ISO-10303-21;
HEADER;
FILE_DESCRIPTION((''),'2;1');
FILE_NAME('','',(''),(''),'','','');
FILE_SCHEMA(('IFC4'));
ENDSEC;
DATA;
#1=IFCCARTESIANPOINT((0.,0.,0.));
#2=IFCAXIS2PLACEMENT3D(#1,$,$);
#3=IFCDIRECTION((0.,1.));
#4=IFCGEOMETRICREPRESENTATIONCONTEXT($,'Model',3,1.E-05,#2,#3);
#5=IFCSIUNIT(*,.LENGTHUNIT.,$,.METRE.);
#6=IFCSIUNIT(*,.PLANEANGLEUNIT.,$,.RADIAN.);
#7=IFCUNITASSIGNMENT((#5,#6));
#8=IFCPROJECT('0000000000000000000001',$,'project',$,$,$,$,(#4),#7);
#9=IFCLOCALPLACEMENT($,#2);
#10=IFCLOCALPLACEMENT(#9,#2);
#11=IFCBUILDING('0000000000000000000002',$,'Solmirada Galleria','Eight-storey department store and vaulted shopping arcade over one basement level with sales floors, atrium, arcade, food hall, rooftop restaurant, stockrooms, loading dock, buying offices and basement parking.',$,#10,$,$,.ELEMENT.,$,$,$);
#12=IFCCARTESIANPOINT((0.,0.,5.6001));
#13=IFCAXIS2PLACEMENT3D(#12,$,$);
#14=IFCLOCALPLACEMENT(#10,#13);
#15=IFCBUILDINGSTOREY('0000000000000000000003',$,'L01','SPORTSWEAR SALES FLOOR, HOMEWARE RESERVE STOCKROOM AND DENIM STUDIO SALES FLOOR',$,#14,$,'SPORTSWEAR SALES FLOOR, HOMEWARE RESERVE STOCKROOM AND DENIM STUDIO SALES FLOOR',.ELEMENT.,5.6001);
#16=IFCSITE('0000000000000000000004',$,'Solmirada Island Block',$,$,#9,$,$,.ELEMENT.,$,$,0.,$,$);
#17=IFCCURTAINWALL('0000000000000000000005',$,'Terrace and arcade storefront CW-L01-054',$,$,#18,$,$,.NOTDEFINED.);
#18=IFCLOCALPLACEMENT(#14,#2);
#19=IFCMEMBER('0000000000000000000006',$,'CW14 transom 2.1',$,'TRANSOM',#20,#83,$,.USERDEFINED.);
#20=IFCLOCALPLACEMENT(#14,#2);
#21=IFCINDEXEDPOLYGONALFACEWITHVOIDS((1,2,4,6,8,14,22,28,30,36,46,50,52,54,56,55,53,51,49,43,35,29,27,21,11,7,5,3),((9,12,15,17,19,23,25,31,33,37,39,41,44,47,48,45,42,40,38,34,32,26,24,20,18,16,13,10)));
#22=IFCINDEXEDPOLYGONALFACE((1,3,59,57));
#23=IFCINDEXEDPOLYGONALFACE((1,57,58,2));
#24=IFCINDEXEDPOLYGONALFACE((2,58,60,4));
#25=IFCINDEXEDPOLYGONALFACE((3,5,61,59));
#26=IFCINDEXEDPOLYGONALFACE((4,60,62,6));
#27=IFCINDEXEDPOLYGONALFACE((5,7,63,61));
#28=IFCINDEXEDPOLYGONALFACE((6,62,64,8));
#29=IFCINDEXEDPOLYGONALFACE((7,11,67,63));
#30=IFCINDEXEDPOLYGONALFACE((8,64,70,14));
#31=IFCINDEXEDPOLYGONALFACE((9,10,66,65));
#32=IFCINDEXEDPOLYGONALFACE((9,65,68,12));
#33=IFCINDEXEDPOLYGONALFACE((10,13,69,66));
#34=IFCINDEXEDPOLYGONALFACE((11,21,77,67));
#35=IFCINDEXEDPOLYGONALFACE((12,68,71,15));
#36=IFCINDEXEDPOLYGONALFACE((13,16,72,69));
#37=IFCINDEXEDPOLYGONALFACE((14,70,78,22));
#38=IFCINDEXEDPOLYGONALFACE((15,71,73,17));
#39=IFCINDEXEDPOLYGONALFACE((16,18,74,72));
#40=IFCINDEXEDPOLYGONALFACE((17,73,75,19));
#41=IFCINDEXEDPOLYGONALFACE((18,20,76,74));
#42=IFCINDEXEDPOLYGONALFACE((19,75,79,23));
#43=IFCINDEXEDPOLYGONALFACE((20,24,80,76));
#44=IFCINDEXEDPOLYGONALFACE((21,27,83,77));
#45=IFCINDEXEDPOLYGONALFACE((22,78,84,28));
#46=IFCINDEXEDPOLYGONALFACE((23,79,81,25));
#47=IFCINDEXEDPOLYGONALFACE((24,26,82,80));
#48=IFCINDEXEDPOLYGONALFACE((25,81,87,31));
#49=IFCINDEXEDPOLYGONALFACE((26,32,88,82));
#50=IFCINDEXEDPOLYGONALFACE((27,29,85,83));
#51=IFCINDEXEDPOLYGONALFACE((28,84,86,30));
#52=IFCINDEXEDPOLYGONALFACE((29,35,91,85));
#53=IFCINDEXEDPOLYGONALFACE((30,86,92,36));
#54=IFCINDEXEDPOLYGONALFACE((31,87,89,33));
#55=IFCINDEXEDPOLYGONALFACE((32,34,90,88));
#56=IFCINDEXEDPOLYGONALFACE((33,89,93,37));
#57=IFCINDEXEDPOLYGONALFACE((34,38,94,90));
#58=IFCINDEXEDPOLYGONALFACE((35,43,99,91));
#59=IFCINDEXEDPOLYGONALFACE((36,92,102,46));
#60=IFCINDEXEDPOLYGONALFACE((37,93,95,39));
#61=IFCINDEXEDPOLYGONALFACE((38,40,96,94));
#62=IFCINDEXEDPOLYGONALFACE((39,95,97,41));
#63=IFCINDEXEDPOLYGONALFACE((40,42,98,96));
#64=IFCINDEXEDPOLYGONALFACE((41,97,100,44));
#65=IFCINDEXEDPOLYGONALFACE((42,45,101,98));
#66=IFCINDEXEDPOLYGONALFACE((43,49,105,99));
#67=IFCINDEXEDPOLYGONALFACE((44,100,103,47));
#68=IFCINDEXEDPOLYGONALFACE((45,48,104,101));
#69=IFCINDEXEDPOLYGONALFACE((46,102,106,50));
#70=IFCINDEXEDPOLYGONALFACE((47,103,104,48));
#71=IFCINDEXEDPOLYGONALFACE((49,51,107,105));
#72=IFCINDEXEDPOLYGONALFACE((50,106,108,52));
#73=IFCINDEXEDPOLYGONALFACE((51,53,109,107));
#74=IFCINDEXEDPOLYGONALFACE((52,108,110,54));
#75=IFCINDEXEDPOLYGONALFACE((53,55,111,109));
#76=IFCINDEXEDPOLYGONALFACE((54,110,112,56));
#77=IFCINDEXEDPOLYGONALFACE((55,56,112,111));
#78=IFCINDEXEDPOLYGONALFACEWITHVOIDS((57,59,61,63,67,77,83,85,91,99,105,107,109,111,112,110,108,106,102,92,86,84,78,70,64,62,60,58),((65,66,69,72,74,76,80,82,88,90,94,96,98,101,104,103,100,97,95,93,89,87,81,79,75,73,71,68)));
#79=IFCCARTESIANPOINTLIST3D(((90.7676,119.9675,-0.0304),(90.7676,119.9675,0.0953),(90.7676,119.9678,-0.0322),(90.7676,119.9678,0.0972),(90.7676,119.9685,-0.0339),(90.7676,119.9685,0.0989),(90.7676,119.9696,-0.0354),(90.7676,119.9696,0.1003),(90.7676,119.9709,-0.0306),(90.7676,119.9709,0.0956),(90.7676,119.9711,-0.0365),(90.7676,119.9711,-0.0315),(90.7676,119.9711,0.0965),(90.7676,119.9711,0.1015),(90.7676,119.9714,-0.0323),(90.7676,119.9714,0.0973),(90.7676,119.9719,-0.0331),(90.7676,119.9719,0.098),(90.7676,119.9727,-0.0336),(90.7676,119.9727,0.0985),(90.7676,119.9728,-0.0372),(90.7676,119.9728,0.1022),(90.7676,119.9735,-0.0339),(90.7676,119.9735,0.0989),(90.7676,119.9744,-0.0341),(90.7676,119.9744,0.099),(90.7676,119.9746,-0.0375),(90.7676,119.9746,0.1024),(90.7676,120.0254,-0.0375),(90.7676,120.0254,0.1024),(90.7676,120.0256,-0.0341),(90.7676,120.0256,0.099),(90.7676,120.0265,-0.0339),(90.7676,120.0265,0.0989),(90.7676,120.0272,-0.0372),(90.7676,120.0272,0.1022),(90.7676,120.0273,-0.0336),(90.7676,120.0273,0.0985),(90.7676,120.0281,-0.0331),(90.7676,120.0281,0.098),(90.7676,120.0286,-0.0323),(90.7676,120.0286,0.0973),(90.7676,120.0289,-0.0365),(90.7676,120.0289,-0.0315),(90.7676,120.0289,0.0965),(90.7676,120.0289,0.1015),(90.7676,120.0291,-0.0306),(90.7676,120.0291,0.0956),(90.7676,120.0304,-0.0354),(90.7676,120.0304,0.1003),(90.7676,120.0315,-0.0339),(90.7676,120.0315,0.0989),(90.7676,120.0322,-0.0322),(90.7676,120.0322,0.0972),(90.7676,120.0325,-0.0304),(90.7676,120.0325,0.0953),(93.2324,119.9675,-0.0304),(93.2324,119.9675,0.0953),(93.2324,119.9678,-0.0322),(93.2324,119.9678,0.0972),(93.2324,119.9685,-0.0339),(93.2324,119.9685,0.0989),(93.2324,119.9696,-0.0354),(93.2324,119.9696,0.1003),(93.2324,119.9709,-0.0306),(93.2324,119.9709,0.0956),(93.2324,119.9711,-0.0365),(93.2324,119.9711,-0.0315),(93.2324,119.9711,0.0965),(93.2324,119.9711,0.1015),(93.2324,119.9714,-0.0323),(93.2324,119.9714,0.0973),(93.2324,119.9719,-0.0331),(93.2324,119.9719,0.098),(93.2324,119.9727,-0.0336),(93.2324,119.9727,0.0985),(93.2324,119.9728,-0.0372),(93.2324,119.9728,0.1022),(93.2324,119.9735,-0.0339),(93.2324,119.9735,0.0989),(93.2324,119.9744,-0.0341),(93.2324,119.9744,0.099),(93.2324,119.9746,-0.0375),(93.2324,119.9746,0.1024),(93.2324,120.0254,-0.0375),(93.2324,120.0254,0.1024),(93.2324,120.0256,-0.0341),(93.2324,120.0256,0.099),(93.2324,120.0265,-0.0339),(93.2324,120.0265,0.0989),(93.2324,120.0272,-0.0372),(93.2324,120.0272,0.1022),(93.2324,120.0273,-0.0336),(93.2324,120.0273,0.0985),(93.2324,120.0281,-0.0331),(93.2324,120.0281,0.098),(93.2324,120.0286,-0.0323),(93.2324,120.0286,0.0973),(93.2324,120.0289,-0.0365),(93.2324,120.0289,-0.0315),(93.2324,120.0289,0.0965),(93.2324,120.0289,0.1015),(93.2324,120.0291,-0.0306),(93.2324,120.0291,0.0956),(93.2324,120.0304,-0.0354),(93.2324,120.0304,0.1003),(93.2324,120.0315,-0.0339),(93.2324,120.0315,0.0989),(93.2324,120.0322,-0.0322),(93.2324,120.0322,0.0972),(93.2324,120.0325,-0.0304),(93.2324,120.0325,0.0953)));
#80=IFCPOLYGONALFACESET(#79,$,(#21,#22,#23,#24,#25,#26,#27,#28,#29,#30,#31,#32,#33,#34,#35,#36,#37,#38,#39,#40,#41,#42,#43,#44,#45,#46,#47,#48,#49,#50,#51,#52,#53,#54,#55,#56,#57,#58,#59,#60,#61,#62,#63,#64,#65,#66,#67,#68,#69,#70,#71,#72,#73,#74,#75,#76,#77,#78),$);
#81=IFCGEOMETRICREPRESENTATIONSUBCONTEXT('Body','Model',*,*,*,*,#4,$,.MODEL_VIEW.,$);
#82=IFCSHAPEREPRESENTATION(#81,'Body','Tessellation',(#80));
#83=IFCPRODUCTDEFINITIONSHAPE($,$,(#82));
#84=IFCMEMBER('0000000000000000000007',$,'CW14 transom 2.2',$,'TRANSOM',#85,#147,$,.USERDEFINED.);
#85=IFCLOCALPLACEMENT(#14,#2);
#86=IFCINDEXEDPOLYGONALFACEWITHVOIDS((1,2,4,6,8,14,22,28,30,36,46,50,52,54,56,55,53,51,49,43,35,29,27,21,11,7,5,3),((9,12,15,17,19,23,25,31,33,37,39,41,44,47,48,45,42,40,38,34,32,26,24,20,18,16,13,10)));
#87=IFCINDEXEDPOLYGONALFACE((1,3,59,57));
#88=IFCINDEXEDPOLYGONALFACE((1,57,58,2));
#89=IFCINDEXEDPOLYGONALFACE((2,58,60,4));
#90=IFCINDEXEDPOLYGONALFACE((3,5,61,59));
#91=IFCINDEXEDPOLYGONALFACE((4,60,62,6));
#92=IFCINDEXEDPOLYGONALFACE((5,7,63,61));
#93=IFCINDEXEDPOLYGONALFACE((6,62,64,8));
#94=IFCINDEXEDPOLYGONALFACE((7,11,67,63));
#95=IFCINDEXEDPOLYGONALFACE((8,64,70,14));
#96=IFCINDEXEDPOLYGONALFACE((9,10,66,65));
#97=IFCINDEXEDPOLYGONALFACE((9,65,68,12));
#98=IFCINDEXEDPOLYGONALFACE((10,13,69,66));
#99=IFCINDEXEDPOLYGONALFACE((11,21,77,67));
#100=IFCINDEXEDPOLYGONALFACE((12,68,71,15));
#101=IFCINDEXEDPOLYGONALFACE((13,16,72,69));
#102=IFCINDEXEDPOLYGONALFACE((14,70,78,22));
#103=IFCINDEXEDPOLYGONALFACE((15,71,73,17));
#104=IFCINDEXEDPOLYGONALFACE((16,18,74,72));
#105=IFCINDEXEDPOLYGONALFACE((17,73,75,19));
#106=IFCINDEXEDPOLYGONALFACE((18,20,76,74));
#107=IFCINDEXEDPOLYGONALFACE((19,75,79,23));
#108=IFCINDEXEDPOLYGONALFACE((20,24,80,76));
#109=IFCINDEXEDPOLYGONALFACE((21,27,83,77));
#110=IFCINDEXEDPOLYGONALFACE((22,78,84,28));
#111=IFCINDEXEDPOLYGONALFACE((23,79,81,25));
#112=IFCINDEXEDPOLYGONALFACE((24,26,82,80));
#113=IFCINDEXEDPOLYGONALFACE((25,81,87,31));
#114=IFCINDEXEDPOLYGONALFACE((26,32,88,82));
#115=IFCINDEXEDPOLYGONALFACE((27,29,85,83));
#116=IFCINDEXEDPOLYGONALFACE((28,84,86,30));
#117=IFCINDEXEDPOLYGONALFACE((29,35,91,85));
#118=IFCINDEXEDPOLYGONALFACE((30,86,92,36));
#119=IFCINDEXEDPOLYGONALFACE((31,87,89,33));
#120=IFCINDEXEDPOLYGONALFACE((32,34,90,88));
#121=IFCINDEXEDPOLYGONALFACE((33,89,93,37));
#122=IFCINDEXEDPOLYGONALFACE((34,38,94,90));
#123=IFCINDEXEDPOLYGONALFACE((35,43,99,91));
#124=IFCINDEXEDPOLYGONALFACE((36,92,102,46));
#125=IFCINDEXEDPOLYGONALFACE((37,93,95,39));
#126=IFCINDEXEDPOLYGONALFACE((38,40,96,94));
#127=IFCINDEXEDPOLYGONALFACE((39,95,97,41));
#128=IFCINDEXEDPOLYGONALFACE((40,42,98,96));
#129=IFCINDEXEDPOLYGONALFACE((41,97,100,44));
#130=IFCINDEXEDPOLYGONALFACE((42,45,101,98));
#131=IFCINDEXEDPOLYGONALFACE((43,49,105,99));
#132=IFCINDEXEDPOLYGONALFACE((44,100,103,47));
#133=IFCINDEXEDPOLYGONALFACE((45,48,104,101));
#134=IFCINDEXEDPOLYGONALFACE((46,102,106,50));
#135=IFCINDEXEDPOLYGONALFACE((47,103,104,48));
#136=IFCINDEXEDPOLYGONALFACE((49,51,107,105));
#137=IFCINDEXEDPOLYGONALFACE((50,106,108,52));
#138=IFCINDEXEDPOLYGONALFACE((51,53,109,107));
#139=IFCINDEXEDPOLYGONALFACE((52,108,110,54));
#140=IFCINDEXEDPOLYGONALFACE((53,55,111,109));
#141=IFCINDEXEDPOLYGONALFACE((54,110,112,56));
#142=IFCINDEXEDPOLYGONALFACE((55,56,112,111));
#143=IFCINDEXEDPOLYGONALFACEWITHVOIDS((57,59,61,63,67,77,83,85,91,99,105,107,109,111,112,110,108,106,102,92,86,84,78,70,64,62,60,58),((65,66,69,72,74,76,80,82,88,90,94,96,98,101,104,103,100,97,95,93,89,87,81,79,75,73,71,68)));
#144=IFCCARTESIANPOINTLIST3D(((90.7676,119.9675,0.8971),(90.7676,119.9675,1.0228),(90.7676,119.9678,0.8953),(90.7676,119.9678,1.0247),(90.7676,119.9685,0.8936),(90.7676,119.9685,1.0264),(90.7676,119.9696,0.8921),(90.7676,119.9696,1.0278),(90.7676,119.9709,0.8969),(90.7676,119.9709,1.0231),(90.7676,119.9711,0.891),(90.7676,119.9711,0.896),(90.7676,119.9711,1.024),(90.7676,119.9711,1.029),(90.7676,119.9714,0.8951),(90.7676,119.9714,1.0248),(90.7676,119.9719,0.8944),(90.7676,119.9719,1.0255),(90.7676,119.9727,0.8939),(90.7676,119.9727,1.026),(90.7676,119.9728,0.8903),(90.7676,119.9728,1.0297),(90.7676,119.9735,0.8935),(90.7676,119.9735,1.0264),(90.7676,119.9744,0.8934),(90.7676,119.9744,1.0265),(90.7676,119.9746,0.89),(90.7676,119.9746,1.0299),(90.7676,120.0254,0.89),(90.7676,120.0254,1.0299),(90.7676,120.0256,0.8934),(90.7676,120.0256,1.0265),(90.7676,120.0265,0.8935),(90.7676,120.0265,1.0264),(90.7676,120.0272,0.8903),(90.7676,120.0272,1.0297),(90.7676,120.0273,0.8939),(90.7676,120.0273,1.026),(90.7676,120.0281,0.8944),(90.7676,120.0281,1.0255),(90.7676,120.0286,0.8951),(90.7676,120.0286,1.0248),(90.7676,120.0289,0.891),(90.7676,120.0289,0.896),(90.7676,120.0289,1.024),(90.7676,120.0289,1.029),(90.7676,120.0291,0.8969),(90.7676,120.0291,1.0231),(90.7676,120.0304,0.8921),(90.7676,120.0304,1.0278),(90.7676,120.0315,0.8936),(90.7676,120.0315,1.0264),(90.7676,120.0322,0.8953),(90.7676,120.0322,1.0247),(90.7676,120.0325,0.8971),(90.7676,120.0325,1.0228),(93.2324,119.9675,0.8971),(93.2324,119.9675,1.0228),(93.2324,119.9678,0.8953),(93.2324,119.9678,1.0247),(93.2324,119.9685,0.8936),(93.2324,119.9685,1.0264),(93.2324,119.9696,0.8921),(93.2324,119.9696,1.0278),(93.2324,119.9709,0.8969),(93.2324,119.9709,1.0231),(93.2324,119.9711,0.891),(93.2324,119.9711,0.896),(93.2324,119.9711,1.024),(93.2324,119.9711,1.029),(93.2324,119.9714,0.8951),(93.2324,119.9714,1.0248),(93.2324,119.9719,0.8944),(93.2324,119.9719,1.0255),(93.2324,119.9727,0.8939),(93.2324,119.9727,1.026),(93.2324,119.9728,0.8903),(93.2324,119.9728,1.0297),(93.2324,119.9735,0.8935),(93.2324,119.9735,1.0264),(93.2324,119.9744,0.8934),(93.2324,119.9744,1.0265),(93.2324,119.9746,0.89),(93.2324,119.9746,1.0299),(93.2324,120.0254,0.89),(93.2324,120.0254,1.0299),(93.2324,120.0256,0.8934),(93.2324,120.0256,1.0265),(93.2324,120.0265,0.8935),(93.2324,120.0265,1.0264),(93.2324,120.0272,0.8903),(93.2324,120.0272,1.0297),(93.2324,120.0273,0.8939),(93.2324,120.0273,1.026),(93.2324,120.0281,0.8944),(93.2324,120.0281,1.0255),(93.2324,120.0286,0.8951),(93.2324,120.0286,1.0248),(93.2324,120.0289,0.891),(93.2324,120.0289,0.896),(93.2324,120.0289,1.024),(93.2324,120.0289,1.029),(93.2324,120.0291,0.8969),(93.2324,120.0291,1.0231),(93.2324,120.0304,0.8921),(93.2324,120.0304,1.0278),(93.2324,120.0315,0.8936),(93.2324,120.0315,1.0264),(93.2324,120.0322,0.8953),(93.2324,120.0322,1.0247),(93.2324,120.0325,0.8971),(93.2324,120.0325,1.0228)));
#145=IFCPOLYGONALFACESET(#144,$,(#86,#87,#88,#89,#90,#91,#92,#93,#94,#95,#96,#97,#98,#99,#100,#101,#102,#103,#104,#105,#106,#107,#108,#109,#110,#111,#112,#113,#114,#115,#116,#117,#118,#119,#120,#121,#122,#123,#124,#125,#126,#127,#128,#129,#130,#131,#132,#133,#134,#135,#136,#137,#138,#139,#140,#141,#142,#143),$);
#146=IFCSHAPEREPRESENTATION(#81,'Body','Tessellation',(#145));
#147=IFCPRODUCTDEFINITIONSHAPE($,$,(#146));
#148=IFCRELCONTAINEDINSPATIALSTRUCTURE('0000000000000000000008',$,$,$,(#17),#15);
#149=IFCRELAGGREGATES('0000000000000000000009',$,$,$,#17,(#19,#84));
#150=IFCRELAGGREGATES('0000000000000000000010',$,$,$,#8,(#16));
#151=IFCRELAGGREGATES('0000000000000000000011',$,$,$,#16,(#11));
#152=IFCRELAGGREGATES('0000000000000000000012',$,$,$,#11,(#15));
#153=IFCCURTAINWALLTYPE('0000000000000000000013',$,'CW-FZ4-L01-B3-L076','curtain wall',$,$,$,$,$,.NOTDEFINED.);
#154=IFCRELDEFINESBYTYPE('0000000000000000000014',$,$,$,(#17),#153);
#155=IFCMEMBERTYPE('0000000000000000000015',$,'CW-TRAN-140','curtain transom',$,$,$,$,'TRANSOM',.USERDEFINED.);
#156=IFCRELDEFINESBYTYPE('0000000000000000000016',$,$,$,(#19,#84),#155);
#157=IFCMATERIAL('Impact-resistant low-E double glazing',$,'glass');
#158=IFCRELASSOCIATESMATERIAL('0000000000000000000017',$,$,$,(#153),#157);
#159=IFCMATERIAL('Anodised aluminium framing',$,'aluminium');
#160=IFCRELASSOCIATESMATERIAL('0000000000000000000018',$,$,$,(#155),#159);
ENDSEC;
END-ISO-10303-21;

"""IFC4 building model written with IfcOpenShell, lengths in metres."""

from ifc_helpers import new_model, si_unit, direction, frame, origin, origin_2d, place, context, subcontext, project, spatial, hollow_rectangle, extrude, material, material_profile, profile_set, type_object, element, aggregate, save


model = new_model("IFC4")

# Units and contexts
model_context = context("Model", 3, precision=1e-05, world=origin(), true_north=direction((0.0, 1.0)))
body_context = subcontext(model_context, "Body", "Model", "MODEL_VIEW")
ifc_project = project(units=[si_unit("LENGTHUNIT", "METRE"), si_unit("PLANEANGLEUNIT", "RADIAN")], contexts=[model_context])

# Site, building, storey
site_placement = place(None, origin())
site = spatial("IfcSite", under=ifc_project, at=site_placement, Name="Solmirada Island Block", CompositionType="ELEMENT", RefElevation=0.0)
building_placement = place(site_placement, origin())
building = spatial("IfcBuilding", under=site, at=building_placement, Name="Solmirada Galleria", Description="Eight-storey department store and vaulted shopping arcade over one basement level with sales floors, atrium, arcade, food hall, rooftop restaurant, stockrooms, loading dock, buying offices and basement parking.", CompositionType="ELEMENT")
storey_placement = place(building_placement, frame((0.0, 0.0, 5.6001)))
storey = spatial("IfcBuildingStorey", under=building, at=storey_placement, Name="L01", Description="SPORTSWEAR SALES FLOOR, HOMEWARE RESERVE STOCKROOM AND DENIM STUDIO SALES FLOOR", LongName="SPORTSWEAR SALES FLOOR, HOMEWARE RESERVE STOCKROOM AND DENIM STUDIO SALES FLOOR", CompositionType="ELEMENT", Elevation=5.6001)

# Shared definitions
ifc_material_1 = material(Name="Impact-resistant low-E double glazing", Category="glass")
curtain_wall_type = type_object("IfcCurtainWallType", Name="CW-FZ4-L01-B3-L076", Description="curtain wall", PredefinedType="NOTDEFINED", material=ifc_material_1)
ifc_material_2 = material(Name="Anodised aluminium framing", Category="aluminium")

# Curtain wall, members
curtain_wall_1_placement = place(storey_placement, origin())
curtain_wall_1 = element("IfcCurtainWall", 1, at=curtain_wall_1_placement, inside=storey, type_object=curtain_wall_type, Name="Terrace and arcade storefront CW-L01-054", PredefinedType="NOTDEFINED")
ifc_material_profile_1 = material_profile(ifc_material_2, hollow_rectangle(XDim=0.0649, YDim=0.1399, WallThickness=0.0034, InnerFilletRadius=0.0034, OuterFilletRadius=0.0071, at=origin_2d()), Name="ALU-TRAN-140X65")
ifc_profile_set_1 = profile_set([ifc_material_profile_1], Name="Anodised aluminium framing")
member_type_1 = type_object("IfcMemberType", Name="CW-TRAN-140", Description="curtain transom", ElementType="TRANSOM", PredefinedType="USERDEFINED", material=ifc_profile_set_1)
member_1_placement = place(storey_placement, frame((90.7676, 120.0, 0.0325), z_axis=(1.0, 0.0, 0.0), x_axis=(0.0, 1.0, 0.0)))
member_1 = element("IfcMember", 2, at=member_1_placement, type_object=member_type_1, Name="CW14 transom 2.1", ObjectType="TRANSOM", PredefinedType="USERDEFINED", context=body_context, shape_type="SweptSolid", body=[
    extrude(hollow_rectangle(XDim=0.0649, YDim=0.1399, WallThickness=0.0034, InnerFilletRadius=0.0034, OuterFilletRadius=0.0071, at=origin_2d()), origin(), (0.0, 0.0, 1.0), 2.4648),
])
member_2_placement = place(storey_placement, frame((90.7676, 120.0, 0.96), z_axis=(1.0, 0.0, 0.0), x_axis=(0.0, 1.0, 0.0)))
member_2 = element("IfcMember", 3, at=member_2_placement, type_object=member_type_1, Name="CW14 transom 2.2", ObjectType="TRANSOM", PredefinedType="USERDEFINED", context=body_context, shape_type="SweptSolid", body=[
    extrude(hollow_rectangle(XDim=0.0649, YDim=0.1399, WallThickness=0.0034, InnerFilletRadius=0.0034, OuterFilletRadius=0.0071, at=origin_2d()), origin(), (0.0, 0.0, 1.0), 2.4648),
])
aggregate(curtain_wall_1, [member_1, member_2])

save(model, "model.ifc")
